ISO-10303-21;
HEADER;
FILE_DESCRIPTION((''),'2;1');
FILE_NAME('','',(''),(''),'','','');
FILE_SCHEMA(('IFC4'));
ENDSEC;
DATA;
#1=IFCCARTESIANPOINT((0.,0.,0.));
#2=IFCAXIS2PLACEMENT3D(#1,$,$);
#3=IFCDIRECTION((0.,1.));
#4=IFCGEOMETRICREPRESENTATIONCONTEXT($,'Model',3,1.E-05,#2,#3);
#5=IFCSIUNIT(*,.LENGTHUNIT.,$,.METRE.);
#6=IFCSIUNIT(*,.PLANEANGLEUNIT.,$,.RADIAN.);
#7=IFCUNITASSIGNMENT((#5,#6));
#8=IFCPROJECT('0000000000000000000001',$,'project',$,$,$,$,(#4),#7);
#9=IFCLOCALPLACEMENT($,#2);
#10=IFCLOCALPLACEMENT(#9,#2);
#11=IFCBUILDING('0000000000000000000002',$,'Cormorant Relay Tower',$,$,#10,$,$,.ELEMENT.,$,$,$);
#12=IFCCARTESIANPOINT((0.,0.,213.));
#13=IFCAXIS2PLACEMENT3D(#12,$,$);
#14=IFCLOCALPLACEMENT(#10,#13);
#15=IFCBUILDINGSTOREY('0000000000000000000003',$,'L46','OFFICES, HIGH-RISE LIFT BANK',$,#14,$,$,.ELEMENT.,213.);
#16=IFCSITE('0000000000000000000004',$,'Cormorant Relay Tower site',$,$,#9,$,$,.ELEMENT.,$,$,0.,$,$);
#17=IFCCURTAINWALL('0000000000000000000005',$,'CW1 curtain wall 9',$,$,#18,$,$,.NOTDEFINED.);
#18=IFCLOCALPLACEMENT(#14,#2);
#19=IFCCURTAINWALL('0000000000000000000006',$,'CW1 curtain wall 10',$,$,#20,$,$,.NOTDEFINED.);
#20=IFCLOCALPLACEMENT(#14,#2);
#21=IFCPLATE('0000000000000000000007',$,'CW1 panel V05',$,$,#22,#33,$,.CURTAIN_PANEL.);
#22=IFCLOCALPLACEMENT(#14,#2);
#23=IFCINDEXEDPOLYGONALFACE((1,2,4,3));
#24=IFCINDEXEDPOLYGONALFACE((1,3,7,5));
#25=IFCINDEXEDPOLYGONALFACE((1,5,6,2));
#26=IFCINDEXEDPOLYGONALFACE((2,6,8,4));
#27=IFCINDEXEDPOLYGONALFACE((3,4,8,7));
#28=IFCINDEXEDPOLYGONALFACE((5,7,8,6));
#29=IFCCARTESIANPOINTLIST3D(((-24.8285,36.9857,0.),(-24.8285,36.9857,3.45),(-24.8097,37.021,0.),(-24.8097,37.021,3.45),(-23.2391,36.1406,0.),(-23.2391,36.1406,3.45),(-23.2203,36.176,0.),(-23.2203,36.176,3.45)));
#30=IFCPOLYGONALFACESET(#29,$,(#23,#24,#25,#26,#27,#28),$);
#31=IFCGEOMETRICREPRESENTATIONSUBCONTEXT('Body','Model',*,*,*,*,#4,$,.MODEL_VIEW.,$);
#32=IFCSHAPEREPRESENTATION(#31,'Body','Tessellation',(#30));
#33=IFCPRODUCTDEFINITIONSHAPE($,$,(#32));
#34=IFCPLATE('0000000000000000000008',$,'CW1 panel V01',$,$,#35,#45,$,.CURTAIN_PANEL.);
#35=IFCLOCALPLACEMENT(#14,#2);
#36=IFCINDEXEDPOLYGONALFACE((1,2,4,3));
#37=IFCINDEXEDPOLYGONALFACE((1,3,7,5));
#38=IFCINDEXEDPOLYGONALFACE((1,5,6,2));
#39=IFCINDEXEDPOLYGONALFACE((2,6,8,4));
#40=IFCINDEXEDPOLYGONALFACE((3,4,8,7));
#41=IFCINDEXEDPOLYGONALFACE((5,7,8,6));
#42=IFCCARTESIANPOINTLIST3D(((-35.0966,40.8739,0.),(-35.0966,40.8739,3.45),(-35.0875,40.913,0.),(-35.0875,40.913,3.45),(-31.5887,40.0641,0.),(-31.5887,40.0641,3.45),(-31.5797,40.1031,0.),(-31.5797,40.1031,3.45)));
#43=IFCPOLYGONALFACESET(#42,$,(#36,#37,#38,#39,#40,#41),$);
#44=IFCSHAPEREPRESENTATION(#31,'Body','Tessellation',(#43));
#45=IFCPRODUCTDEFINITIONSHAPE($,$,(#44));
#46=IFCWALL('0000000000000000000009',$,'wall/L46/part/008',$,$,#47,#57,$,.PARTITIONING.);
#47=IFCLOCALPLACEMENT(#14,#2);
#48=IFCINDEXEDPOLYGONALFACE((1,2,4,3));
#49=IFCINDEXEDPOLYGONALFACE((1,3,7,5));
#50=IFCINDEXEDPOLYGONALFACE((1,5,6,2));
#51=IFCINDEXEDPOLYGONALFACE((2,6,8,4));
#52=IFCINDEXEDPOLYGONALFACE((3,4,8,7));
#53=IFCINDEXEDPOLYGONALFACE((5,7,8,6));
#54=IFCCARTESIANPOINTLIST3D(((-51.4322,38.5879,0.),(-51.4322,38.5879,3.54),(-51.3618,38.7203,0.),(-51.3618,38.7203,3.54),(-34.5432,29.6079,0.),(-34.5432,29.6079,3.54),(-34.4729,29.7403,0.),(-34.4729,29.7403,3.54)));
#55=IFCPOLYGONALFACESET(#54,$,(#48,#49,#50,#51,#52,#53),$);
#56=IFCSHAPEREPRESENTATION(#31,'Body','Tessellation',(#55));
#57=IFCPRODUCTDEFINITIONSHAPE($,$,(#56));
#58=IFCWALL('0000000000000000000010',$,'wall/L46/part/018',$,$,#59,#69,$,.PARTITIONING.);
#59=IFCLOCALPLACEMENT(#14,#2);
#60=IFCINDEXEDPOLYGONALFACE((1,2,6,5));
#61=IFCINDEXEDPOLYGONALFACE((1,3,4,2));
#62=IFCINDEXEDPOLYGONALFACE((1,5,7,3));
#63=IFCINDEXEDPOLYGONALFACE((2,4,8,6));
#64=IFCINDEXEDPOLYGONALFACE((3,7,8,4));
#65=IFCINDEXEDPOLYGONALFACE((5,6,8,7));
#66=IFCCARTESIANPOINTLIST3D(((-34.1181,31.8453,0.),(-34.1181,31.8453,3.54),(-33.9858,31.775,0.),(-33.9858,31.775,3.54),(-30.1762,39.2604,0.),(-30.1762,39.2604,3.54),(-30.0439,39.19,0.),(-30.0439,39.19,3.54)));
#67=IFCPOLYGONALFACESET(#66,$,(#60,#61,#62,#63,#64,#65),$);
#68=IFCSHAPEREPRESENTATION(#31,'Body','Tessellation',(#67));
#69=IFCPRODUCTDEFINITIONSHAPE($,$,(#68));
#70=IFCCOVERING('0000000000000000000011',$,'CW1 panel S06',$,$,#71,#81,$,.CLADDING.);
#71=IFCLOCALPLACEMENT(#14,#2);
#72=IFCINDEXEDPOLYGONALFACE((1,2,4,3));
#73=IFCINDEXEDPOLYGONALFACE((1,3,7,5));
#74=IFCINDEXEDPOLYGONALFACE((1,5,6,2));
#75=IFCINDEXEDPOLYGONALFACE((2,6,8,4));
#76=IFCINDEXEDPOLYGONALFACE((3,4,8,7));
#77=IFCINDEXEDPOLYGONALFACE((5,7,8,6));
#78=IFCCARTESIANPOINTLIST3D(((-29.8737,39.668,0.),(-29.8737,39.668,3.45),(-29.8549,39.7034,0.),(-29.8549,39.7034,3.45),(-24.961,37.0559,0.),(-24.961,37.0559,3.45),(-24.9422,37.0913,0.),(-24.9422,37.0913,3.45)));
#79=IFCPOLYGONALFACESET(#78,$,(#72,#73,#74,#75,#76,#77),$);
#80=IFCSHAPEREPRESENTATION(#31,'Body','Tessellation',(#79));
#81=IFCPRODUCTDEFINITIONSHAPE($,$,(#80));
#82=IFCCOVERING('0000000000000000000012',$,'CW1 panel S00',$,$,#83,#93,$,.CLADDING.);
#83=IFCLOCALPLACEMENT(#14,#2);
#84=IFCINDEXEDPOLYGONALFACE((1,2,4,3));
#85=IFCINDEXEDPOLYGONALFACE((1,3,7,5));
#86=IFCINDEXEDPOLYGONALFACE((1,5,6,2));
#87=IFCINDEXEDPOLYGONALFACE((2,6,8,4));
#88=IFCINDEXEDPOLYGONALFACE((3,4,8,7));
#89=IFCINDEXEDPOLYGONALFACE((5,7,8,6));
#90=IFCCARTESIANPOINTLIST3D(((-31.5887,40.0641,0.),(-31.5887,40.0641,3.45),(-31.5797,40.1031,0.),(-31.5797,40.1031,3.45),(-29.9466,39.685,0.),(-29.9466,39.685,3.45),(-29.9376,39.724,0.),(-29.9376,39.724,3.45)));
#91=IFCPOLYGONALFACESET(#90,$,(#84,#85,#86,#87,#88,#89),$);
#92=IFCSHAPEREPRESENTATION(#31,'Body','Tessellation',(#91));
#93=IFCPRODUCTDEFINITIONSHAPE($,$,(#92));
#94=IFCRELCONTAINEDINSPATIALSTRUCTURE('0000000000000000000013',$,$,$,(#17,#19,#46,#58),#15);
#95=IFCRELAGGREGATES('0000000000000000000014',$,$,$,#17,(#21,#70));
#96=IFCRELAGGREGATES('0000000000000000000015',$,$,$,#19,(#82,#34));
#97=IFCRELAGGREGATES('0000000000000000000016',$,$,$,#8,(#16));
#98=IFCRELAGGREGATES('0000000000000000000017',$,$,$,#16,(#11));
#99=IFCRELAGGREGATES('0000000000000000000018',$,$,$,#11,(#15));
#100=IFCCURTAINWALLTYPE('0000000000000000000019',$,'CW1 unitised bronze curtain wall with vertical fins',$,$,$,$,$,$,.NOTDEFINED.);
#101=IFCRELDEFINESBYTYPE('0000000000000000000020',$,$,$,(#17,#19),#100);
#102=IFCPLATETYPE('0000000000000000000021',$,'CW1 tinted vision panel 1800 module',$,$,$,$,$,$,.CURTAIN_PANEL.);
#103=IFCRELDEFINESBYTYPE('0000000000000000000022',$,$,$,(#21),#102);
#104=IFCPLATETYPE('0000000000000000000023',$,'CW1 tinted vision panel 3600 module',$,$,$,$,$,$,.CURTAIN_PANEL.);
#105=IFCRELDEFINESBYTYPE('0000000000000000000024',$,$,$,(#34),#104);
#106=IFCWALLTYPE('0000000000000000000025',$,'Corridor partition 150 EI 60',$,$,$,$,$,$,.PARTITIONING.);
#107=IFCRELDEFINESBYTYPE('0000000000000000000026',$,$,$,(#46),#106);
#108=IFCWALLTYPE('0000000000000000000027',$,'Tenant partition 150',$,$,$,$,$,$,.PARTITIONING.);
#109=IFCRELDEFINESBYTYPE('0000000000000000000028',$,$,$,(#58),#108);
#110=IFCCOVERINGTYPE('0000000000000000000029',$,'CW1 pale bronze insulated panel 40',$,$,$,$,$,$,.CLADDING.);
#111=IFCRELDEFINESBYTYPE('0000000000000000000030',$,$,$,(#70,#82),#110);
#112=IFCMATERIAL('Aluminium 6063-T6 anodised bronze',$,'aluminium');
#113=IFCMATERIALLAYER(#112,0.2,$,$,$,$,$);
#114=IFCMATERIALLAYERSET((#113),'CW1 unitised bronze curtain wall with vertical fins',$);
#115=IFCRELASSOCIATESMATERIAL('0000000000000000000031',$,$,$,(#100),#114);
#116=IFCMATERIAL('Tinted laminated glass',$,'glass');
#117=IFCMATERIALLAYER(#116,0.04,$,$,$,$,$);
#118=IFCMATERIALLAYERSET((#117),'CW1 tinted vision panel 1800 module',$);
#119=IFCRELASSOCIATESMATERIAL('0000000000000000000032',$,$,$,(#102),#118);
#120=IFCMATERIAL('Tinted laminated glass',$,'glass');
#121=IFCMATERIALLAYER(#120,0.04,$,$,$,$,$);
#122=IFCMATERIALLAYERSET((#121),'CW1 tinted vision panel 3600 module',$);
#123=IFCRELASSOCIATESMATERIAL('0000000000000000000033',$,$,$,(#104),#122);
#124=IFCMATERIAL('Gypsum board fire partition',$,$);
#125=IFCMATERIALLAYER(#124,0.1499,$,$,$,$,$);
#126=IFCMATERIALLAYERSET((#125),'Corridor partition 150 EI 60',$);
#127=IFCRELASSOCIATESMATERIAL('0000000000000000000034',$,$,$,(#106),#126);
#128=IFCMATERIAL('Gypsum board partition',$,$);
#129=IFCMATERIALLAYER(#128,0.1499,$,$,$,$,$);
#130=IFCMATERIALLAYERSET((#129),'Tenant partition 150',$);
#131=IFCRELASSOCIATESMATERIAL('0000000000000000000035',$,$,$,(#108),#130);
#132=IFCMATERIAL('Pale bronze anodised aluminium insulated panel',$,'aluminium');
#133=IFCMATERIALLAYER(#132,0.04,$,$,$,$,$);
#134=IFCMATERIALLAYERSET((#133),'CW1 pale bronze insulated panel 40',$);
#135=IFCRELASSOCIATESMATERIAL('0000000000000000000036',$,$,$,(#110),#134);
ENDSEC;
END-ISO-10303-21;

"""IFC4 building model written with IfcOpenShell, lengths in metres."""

from ifc_helpers import new_model, si_unit, direction, frame, frame_2d, origin, origin_2d, place, context, subcontext, project, spatial, rectangle, extrude, material, layer, layer_set, type_object, element, aggregate, save


model = new_model("IFC4")

# Units and contexts
model_context = context("Model", 3, precision=1e-05, world=origin(), true_north=direction((0.0, 1.0)))
body_context = subcontext(model_context, "Body", "Model", "MODEL_VIEW")
ifc_project = project(units=[si_unit("LENGTHUNIT", "METRE"), si_unit("PLANEANGLEUNIT", "RADIAN")], contexts=[model_context])

# Site, building, storey
site_placement = place(None, origin())
site = spatial("IfcSite", under=ifc_project, at=site_placement, Name="Cormorant Relay Tower site", CompositionType="ELEMENT", RefElevation=0.0)
building_placement = place(site_placement, origin())
building = spatial("IfcBuilding", under=site, at=building_placement, Name="Cormorant Relay Tower", CompositionType="ELEMENT")
storey_placement = place(building_placement, frame((0.0, 0.0, 213.0)))
storey = spatial("IfcBuildingStorey", under=building, at=storey_placement, Name="L46", Description="OFFICES, HIGH-RISE LIFT BANK", CompositionType="ELEMENT", Elevation=213.0)

# Curtain wall
ifc_material_1 = material(Name="Aluminium 6063-T6 anodised bronze", Category="aluminium")
ifc_layer_1 = layer(ifc_material_1, 0.2)
ifc_layer_set_1 = layer_set([ifc_layer_1], Name="CW1 unitised bronze curtain wall with vertical fins")
curtain_wall_type = type_object("IfcCurtainWallType", Name="CW1 unitised bronze curtain wall with vertical fins", PredefinedType="NOTDEFINED", material=ifc_layer_set_1)
curtain_wall_1_placement = place(storey_placement, origin())
curtain_wall_1 = element("IfcCurtainWall", 1, at=curtain_wall_1_placement, inside=storey, type_object=curtain_wall_type, Name="CW1 curtain wall 9", PredefinedType="NOTDEFINED")

# Curtain wall
curtain_wall_2_placement = place(storey_placement, origin())
curtain_wall_2 = element("IfcCurtainWall", 2, at=curtain_wall_2_placement, inside=storey, type_object=curtain_wall_type, Name="CW1 curtain wall 10", PredefinedType="NOTDEFINED")

# Plates
ifc_material_2 = material(Name="Tinted laminated glass", Category="glass")
ifc_layer_2 = layer(ifc_material_2, 0.04)
ifc_layer_set_2 = layer_set([ifc_layer_2], Name="CW1 tinted vision panel 1800 module")
plate_type_1 = type_object("IfcPlateType", Name="CW1 tinted vision panel 1800 module", PredefinedType="CURTAIN_PANEL", material=ifc_layer_set_2)
plate_1_placement = place(storey_placement, frame((-24.0244, 36.5808, 0.0), z_axis=(0.0, 0.0, 1.0), x_axis=(-0.882948, 0.469472, 0.0)))
plate_1 = element("IfcPlate", 3, at=plate_1_placement, type_object=plate_type_1, Name="CW1 panel V05", PredefinedType="CURTAIN_PANEL", context=body_context, shape_type="SweptSolid", body=[
    extrude(rectangle(XDim=1.8, YDim=0.04, at=origin_2d()), origin(), (0.0, 0.0, 1.0), 3.45),
])
ifc_material_3 = material(Name="Tinted laminated glass", Category="glass")
ifc_layer_3 = layer(ifc_material_3, 0.04)
ifc_layer_set_3 = layer_set([ifc_layer_3], Name="CW1 tinted vision panel 3600 module")
plate_type_2 = type_object("IfcPlateType", Name="CW1 tinted vision panel 3600 module", PredefinedType="CURTAIN_PANEL", material=ifc_layer_set_3)
plate_2_placement = place(storey_placement, frame((-33.3381, 40.4885, 0.0), z_axis=(0.0, 0.0, 1.0), x_axis=(-0.97437, 0.224951, 0.0)))
plate_2 = element("IfcPlate", 4, at=plate_2_placement, type_object=plate_type_2, Name="CW1 panel V01", PredefinedType="CURTAIN_PANEL", context=body_context, shape_type="SweptSolid", body=[
    extrude(rectangle(XDim=3.6001, YDim=0.04, at=origin_2d()), origin(), (0.0, 0.0, 1.0), 3.45),
])

# Walls
ifc_material_4 = material(Name="Gypsum board fire partition")
ifc_layer_4 = layer(ifc_material_4, 0.1499)
ifc_layer_set_4 = layer_set([ifc_layer_4], Name="Corridor partition 150 EI 60")
wall_type_1 = type_object("IfcWallType", Name="Corridor partition 150 EI 60", PredefinedType="PARTITIONING", material=ifc_layer_set_4)
wall_1_placement = place(storey_placement, frame((-34.5081, 29.6741, 0.0), z_axis=(0.0, 0.0, 1.0), x_axis=(-0.882948, 0.469471, 0.0)))
element("IfcWall", 5, at=wall_1_placement, inside=storey, type_object=wall_type_1, Name="wall/L46/part/008", PredefinedType="PARTITIONING", context=body_context, shape_type="SweptSolid", body=[
    extrude(rectangle(XDim=19.1279, YDim=0.1499, at=frame_2d((9.564, 0.0))), origin(), (0.0, 0.0, 1.0), 3.54),
])
ifc_material_5 = material(Name="Gypsum board partition")
ifc_layer_5 = layer(ifc_material_5, 0.1499)
ifc_layer_set_5 = layer_set([ifc_layer_5], Name="Tenant partition 150")
wall_type_2 = type_object("IfcWallType", Name="Tenant partition 150", PredefinedType="PARTITIONING", material=ifc_layer_set_5)
wall_2_placement = place(storey_placement, frame((-30.1101, 39.2251, 0.0), z_axis=(0.0, 0.0, 1.0), x_axis=(-0.469402, -0.882985, 0.0)))
element("IfcWall", 6, at=wall_2_placement, inside=storey, type_object=wall_type_2, Name="wall/L46/part/018", PredefinedType="PARTITIONING", context=body_context, shape_type="SweptSolid", body=[
    extrude(rectangle(XDim=8.3977, YDim=0.1499, at=frame_2d((4.1987, 0.0))), origin(), (0.0, 0.0, 1.0), 3.54),
])

# Coverings
ifc_material_6 = material(Name="Pale bronze anodised aluminium insulated panel", Category="aluminium")
ifc_layer_6 = layer(ifc_material_6, 0.04)
ifc_layer_set_6 = layer_set([ifc_layer_6], Name="CW1 pale bronze insulated panel 40")
covering_type = type_object("IfcCoveringType", Name="CW1 pale bronze insulated panel 40", PredefinedType="CLADDING", material=ifc_layer_set_6)
covering_1_placement = place(storey_placement, frame((-27.408, 38.3796, 0.0), z_axis=(0.0, 0.0, 1.0), x_axis=(-0.882948, 0.469472, 0.0)))
covering_1 = element("IfcCovering", 7, at=covering_1_placement, type_object=covering_type, Name="CW1 panel S06", PredefinedType="CLADDING", context=body_context, shape_type="SweptSolid", body=[
    extrude(rectangle(XDim=5.564, YDim=0.04, at=origin_2d()), origin(), (0.0, 0.0, 1.0), 3.45),
])
aggregate(curtain_wall_1, [plate_1, covering_1])
covering_2_placement = place(storey_placement, frame((-30.7632, 39.894, 0.0), z_axis=(0.0, 0.0, 1.0), x_axis=(-0.97437, 0.224951, 0.0)))
covering_2 = element("IfcCovering", 8, at=covering_2_placement, type_object=covering_type, Name="CW1 panel S00", PredefinedType="CLADDING", context=body_context, shape_type="SweptSolid", body=[
    extrude(rectangle(XDim=1.6853, YDim=0.04, at=origin_2d()), origin(), (0.0, 0.0, 1.0), 3.45),
])
aggregate(curtain_wall_2, [covering_2, plate_2])

save(model, "model.ifc")
